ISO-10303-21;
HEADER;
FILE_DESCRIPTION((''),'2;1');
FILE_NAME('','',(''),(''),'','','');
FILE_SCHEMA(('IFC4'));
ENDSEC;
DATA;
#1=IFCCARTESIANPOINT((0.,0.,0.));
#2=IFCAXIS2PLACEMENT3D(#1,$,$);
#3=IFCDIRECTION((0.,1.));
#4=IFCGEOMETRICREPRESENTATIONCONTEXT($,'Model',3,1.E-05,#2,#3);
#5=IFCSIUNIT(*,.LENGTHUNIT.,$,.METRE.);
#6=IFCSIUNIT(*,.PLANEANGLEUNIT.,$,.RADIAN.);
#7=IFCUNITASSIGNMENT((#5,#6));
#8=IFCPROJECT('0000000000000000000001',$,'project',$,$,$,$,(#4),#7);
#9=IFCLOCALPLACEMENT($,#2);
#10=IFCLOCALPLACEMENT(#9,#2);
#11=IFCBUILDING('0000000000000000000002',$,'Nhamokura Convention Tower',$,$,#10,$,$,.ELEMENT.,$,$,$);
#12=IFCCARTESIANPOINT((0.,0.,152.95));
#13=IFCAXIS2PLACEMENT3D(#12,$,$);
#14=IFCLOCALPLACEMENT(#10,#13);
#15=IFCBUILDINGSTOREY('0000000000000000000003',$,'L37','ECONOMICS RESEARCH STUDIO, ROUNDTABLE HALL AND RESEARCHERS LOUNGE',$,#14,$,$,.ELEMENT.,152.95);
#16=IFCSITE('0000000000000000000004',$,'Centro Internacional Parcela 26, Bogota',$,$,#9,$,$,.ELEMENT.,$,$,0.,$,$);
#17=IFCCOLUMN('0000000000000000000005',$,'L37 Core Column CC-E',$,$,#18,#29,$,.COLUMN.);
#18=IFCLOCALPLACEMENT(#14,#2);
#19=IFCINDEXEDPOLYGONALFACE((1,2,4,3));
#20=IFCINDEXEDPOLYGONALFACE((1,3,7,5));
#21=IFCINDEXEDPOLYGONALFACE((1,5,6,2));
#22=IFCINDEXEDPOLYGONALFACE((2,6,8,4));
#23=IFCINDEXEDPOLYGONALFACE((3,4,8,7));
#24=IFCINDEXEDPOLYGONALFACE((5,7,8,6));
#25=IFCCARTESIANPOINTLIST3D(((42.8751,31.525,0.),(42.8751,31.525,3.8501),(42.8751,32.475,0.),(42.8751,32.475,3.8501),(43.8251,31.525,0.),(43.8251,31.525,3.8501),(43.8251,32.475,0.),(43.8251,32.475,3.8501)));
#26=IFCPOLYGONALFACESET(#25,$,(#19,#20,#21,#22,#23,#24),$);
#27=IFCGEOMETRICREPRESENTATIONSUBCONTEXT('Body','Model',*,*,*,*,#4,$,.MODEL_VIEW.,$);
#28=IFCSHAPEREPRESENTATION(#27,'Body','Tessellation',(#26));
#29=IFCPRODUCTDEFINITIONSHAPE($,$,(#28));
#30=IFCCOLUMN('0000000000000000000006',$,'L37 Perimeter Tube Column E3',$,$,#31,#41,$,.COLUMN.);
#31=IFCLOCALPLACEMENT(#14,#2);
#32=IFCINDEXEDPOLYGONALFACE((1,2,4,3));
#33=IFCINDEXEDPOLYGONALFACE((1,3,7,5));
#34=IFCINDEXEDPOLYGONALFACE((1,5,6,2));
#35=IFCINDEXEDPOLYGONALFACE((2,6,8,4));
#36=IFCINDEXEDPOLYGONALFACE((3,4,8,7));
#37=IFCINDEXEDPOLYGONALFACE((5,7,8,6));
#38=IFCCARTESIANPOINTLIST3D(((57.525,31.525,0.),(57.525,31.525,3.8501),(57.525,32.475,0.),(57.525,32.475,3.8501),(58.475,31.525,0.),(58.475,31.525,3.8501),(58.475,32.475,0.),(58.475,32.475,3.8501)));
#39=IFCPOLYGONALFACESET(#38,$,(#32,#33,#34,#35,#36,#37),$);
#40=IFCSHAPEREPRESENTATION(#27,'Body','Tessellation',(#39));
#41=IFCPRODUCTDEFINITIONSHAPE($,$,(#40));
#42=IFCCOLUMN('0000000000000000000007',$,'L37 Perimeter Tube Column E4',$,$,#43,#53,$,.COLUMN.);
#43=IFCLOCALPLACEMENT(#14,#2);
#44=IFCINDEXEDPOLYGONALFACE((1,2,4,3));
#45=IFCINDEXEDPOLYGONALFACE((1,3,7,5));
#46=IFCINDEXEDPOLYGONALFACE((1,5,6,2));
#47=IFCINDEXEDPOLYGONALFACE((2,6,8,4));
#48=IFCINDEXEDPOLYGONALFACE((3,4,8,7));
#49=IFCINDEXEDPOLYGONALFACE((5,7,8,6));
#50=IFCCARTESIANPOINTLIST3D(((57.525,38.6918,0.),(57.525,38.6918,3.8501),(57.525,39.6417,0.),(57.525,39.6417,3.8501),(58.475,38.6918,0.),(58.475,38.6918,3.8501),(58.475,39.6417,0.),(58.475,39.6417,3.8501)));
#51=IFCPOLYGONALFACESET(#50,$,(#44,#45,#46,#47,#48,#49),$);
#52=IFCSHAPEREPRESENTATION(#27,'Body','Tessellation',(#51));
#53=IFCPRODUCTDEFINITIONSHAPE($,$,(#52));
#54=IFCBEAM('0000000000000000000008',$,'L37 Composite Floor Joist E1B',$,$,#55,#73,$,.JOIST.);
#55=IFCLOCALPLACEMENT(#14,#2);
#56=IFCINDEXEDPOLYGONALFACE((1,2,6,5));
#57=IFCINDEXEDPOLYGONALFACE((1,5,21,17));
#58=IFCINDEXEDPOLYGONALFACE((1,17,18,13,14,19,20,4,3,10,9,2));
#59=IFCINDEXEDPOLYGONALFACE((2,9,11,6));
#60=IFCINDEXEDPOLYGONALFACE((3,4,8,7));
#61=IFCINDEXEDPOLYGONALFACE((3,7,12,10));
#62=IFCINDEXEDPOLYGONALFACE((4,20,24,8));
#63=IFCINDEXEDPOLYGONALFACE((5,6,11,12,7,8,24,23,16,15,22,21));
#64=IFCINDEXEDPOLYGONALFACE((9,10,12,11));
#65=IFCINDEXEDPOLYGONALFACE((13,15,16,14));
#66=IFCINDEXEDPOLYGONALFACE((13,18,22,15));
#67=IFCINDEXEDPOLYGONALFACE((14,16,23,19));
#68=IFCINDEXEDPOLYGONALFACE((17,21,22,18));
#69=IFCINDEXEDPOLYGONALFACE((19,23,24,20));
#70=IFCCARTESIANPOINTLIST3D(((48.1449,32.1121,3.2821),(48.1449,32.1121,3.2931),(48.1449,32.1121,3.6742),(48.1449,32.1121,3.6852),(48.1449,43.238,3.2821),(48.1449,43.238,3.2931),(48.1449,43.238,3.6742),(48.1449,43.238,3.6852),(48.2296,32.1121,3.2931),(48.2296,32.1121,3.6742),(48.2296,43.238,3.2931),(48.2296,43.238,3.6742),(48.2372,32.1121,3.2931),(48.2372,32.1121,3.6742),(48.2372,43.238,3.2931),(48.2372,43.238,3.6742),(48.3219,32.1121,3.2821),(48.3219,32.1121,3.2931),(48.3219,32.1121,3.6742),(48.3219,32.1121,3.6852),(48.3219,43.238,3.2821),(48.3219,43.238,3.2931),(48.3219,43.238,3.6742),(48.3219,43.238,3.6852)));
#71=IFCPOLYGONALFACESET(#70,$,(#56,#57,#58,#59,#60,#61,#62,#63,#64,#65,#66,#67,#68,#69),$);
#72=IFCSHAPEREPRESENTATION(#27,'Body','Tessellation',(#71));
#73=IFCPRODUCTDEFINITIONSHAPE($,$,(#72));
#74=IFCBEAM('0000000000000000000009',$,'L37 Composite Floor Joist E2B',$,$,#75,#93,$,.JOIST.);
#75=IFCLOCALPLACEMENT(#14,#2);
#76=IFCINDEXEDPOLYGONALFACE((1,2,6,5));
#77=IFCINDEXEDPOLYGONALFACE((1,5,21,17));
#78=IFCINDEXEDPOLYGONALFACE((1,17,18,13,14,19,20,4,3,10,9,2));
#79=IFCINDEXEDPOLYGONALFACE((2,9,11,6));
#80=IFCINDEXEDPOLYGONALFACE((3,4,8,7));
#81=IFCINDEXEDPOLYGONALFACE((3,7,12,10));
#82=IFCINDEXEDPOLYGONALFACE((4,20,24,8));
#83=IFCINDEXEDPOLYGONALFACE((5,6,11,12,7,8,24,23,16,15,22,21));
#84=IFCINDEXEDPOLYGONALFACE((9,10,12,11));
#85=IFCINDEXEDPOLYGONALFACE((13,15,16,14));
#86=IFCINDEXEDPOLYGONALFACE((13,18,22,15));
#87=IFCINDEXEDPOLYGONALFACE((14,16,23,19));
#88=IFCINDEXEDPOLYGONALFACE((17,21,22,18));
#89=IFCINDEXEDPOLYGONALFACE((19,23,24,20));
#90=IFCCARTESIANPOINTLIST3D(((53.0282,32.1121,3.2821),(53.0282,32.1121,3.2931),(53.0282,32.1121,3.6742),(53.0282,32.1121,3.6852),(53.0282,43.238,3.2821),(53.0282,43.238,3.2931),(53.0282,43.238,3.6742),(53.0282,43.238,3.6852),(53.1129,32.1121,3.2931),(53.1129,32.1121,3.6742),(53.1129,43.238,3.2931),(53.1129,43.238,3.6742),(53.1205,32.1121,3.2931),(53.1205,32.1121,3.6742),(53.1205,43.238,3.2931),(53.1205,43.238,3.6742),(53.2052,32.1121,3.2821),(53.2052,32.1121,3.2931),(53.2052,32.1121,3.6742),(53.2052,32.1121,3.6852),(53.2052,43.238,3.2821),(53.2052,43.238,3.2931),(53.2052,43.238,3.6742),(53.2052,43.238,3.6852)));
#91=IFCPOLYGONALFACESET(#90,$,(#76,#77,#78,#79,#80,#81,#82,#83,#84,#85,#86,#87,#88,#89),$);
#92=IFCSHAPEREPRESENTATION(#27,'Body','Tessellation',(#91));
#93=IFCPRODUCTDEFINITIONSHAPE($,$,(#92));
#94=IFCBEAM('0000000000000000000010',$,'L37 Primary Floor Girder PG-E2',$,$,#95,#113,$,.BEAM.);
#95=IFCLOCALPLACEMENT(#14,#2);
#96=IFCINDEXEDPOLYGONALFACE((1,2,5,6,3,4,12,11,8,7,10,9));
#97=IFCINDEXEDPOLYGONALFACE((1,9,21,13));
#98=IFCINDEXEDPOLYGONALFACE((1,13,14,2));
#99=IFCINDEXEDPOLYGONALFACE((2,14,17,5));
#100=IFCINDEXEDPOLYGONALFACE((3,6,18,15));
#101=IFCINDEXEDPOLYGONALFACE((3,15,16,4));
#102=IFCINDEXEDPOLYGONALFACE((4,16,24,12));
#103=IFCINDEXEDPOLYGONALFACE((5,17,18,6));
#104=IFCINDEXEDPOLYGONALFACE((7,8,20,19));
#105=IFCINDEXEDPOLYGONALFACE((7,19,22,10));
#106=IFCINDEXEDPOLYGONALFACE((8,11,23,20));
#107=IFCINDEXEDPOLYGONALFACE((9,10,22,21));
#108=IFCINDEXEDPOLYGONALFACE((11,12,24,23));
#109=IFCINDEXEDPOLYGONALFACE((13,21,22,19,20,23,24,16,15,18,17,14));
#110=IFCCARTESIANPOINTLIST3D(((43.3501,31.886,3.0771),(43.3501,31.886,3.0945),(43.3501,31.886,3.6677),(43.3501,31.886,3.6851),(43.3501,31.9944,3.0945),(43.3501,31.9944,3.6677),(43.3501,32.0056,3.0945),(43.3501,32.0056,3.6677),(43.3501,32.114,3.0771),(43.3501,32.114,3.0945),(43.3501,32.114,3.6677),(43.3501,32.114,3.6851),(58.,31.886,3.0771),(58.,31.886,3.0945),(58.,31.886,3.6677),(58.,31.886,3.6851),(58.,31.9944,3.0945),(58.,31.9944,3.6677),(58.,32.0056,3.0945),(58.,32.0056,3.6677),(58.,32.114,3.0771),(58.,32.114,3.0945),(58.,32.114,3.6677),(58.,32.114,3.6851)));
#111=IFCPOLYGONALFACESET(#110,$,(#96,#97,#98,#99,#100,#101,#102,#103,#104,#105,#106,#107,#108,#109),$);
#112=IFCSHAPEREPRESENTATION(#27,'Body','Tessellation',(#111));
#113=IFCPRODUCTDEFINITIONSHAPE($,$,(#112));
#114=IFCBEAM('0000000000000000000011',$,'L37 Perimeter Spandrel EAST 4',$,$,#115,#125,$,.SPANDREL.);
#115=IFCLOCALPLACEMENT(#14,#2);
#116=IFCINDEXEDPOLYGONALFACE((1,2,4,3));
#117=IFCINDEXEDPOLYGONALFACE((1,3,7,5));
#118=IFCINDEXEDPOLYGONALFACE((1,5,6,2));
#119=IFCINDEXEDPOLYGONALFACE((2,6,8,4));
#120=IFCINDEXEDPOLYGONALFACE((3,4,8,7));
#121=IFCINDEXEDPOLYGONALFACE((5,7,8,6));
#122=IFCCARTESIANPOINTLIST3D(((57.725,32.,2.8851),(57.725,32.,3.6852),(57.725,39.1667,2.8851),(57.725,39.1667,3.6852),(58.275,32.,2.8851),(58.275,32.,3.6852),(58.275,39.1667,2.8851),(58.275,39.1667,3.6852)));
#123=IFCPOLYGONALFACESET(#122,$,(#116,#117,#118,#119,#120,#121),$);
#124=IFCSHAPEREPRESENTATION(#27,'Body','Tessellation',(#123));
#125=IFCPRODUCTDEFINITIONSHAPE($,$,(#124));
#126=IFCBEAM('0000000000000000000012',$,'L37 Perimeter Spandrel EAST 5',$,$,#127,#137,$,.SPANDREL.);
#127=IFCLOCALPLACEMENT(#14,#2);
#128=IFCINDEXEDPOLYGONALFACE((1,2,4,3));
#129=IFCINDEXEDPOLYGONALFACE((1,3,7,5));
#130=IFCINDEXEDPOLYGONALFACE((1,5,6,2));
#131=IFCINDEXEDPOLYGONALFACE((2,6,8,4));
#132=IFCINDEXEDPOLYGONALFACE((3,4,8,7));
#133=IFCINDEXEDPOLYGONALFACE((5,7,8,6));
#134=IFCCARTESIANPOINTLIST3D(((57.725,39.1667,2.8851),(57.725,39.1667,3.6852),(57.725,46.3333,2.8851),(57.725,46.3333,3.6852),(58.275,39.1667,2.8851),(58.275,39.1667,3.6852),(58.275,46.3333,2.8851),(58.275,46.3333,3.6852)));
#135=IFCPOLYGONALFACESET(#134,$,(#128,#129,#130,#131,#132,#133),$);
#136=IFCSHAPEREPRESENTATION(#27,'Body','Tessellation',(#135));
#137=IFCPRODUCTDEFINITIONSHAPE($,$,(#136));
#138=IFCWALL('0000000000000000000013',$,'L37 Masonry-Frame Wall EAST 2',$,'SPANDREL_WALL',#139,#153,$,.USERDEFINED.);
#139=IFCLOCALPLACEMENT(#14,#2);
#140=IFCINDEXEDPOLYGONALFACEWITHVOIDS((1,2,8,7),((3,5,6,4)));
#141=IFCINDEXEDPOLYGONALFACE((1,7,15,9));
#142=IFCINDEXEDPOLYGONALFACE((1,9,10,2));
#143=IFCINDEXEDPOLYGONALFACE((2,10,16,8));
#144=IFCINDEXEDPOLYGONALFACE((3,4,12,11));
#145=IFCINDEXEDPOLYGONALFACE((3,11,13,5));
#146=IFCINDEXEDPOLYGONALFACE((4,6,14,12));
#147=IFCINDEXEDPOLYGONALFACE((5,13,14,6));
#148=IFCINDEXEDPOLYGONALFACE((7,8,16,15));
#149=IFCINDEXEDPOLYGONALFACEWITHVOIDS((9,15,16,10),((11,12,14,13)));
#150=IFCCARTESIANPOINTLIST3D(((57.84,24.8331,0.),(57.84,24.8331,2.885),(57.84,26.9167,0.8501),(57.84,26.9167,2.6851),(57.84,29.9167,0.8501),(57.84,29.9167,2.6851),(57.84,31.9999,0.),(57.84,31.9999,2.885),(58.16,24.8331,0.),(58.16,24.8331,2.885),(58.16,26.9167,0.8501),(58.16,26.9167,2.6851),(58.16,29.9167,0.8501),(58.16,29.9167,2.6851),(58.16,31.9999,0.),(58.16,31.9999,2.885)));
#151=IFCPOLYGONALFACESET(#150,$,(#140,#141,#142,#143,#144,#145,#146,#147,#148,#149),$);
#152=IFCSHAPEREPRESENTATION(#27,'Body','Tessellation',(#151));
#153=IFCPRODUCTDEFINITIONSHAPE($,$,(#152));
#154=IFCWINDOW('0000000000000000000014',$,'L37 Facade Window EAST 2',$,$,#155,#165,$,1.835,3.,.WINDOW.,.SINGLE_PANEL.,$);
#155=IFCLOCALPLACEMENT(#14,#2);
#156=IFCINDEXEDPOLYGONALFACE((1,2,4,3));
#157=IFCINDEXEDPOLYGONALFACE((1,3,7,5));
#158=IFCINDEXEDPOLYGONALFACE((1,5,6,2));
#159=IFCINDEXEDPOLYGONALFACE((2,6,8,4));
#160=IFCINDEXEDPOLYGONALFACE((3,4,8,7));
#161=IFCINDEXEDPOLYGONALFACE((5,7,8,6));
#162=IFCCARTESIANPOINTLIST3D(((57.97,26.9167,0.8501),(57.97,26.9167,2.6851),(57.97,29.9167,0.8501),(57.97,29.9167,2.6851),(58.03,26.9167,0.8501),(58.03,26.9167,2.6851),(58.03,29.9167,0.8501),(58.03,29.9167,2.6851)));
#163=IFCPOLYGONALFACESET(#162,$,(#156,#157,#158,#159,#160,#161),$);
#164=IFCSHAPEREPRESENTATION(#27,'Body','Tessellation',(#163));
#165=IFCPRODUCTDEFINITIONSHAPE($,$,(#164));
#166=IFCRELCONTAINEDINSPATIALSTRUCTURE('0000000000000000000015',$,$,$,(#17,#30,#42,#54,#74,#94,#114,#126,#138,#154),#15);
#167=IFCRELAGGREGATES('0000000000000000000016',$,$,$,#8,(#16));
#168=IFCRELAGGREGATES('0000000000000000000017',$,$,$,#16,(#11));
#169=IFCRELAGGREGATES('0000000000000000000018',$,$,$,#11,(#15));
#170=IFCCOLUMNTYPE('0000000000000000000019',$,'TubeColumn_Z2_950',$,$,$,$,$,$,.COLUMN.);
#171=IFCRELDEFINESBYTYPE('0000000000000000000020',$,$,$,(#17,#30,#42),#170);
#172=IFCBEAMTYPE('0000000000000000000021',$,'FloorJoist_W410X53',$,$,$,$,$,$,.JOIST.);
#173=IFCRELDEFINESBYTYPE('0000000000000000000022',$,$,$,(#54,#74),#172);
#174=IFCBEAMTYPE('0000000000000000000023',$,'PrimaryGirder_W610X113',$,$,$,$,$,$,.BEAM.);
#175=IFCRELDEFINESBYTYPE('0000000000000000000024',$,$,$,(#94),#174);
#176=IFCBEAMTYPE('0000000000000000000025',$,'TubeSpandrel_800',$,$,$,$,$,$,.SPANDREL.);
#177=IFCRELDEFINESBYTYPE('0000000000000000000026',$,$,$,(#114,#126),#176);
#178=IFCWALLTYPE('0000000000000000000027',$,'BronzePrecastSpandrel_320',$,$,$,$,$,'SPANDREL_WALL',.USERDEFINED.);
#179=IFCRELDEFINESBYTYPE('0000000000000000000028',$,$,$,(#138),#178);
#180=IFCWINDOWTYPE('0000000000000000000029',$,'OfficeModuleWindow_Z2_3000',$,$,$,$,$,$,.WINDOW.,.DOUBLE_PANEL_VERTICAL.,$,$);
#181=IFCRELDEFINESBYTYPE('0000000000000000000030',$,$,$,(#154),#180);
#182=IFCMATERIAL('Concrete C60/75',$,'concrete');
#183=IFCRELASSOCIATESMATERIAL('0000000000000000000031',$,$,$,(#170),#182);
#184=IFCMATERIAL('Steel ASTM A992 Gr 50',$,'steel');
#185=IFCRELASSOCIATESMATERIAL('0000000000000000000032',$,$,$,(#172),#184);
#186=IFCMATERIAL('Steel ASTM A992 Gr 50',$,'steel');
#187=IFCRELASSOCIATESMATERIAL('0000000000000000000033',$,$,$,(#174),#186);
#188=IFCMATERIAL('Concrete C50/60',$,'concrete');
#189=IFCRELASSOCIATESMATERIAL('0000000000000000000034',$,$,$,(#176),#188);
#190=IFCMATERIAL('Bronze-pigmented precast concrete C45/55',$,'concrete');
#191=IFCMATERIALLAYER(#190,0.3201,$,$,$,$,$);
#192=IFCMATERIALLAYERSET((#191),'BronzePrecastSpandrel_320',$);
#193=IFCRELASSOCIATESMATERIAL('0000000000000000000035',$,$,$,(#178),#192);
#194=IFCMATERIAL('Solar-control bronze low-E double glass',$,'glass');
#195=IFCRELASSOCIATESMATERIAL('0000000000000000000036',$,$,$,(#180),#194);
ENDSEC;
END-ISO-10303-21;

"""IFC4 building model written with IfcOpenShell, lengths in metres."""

from ifc_helpers import new_model, si_unit, direction, frame, frame_2d, origin, origin_2d, place, context, subcontext, project, spatial, rectangle, i_section, extrude, material, layer, layer_set, material_profile, profile_set, type_object, element, fill, save


model = new_model("IFC4")

# Units and contexts
model_context = context("Model", 3, precision=1e-05, world=origin(), true_north=direction((0.0, 1.0)))
body_context = subcontext(model_context, "Body", "Model", "MODEL_VIEW")
ifc_project = project(units=[si_unit("LENGTHUNIT", "METRE"), si_unit("PLANEANGLEUNIT", "RADIAN")], contexts=[model_context])

# Site, building, storey
site_placement = place(None, origin())
site = spatial("IfcSite", under=ifc_project, at=site_placement, Name="Centro Internacional Parcela 26, Bogota", CompositionType="ELEMENT", RefElevation=0.0)
building_placement = place(site_placement, origin())
building = spatial("IfcBuilding", under=site, at=building_placement, Name="Nhamokura Convention Tower", CompositionType="ELEMENT")
storey_placement = place(building_placement, frame((0.0, 0.0, 152.95)))
storey = spatial("IfcBuildingStorey", under=building, at=storey_placement, Name="L37", Description="ECONOMICS RESEARCH STUDIO, ROUNDTABLE HALL AND RESEARCHERS LOUNGE", CompositionType="ELEMENT", Elevation=152.95)

# Columns
ifc_material_1 = material(Name="Concrete C60/75", Category="concrete")
ifc_material_profile_1 = material_profile(ifc_material_1, rectangle(XDim=0.95, YDim=0.95, at=origin_2d()))
ifc_profile_set_1 = profile_set([ifc_material_profile_1], Name="Concrete C60/75")
column_type = type_object("IfcColumnType", Name="TubeColumn_Z2_950", PredefinedType="COLUMN", material=ifc_profile_set_1)
for number, where, z_axis, x_axis, name in (
    (1, (43.3501, 32.0, 0.0), (0.0, 0.0, 1.0), (1.0, 0.0, 0.0), "L37 Core Column CC-E"),
    (2, (58.0, 32.0, 0.0), (0.0, 0.0, 1.0), (1.0, 0.0, 0.0), "L37 Perimeter Tube Column E3"),
    (3, (58.0, 39.1667, 0.0), (0.0, 0.0, 1.0), (1.0, 0.0, 0.0), "L37 Perimeter Tube Column E4"),
):
    element("IfcColumn", number, at=place(storey_placement, frame(where, z_axis=z_axis, x_axis=x_axis)), inside=storey, type_object=column_type, Name=name, PredefinedType="COLUMN", context=body_context, shape_type="SweptSolid", body=[
        extrude(rectangle(XDim=0.95, YDim=0.95, at=origin_2d()), origin(), (0.0, 0.0, 1.0), 3.8501),
    ])

# Beams
ifc_material_2 = material(Name="Steel ASTM A992 Gr 50", Category="steel")
ifc_material_profile_2 = material_profile(ifc_material_2, i_section(OverallWidth=0.177, OverallDepth=0.4031, WebThickness=0.0076, FlangeThickness=0.011, at=origin_2d()))
ifc_profile_set_2 = profile_set([ifc_material_profile_2], Name="Steel ASTM A992 Gr 50")
beam_type_1 = type_object("IfcBeamType", Name="FloorJoist_W410X53", PredefinedType="JOIST", material=ifc_profile_set_2)
for number, where, z_axis, x_axis, name in (
    (4, (48.2334, 32.1121, 3.4836), (0.0, 1.0, 0.0), (-1.0, 0.0, 0.0), "L37 Composite Floor Joist E1B"),
    (5, (53.1167, 32.1121, 3.4836), (0.0, 1.0, 0.0), (-1.0, 0.0, 0.0), "L37 Composite Floor Joist E2B"),
):
    element("IfcBeam", number, at=place(storey_placement, frame(where, z_axis=z_axis, x_axis=x_axis)), inside=storey, type_object=beam_type_1, Name=name, PredefinedType="JOIST", context=body_context, shape_type="SweptSolid", body=[
        extrude(i_section(OverallWidth=0.177, OverallDepth=0.4031, WebThickness=0.0076, FlangeThickness=0.011, at=origin_2d()), origin(), (0.0, 0.0, 1.0), 11.126),
    ])
ifc_material_3 = material(Name="Steel ASTM A992 Gr 50", Category="steel")
ifc_material_profile_3 = material_profile(ifc_material_3, i_section(OverallWidth=0.228, OverallDepth=0.6079, WebThickness=0.0112, FlangeThickness=0.0173, at=origin_2d()))
ifc_profile_set_3 = profile_set([ifc_material_profile_3], Name="Steel ASTM A992 Gr 50")
beam_type_2 = type_object("IfcBeamType", Name="PrimaryGirder_W610X113", PredefinedType="BEAM", material=ifc_profile_set_3)
beam_1_placement = place(storey_placement, frame((43.3501, 32.0, 3.3811), z_axis=(1.0, 0.0, 0.0), x_axis=(0.0, 1.0, 0.0)))
element("IfcBeam", 6, at=beam_1_placement, inside=storey, type_object=beam_type_2, Name="L37 Primary Floor Girder PG-E2", PredefinedType="BEAM", context=body_context, shape_type="SweptSolid", body=[
    extrude(i_section(OverallWidth=0.228, OverallDepth=0.6079, WebThickness=0.0112, FlangeThickness=0.0173, at=origin_2d()), origin(), (0.0, 0.0, 1.0), 14.6499),
])
ifc_material_4 = material(Name="Concrete C50/60", Category="concrete")
ifc_material_profile_4 = material_profile(ifc_material_4, rectangle(XDim=0.55, YDim=0.8, at=origin_2d()))
ifc_profile_set_4 = profile_set([ifc_material_profile_4], Name="Concrete C50/60")
beam_type_3 = type_object("IfcBeamType", Name="TubeSpandrel_800", PredefinedType="SPANDREL", material=ifc_profile_set_4)
beam_2_placement = place(storey_placement, frame((58.0, 32.0, 3.2852), z_axis=(0.0, 1.0, 0.0), x_axis=(-1.0, 0.0, 0.0)))
element("IfcBeam", 7, at=beam_2_placement, inside=storey, type_object=beam_type_3, Name="L37 Perimeter Spandrel EAST 4", PredefinedType="SPANDREL", context=body_context, shape_type="SweptSolid", body=[
    extrude(rectangle(XDim=0.55, YDim=0.8, at=origin_2d()), origin(), (0.0, 0.0, 1.0), 7.1667),
])
beam_3_placement = place(storey_placement, frame((58.0, 39.1667, 3.2852), z_axis=(0.0, 1.0, 0.0), x_axis=(-1.0, 0.0, 0.0)))
element("IfcBeam", 8, at=beam_3_placement, inside=storey, type_object=beam_type_3, Name="L37 Perimeter Spandrel EAST 5", PredefinedType="SPANDREL", context=body_context, shape_type="SweptSolid", body=[
    extrude(rectangle(XDim=0.55, YDim=0.8, at=origin_2d()), origin(), (0.0, 0.0, 1.0), 7.1665),
])

# Wall, opening, window
ifc_material_5 = material(Name="Bronze-pigmented precast concrete C45/55", Category="concrete")
ifc_layer_1 = layer(ifc_material_5, 0.3201)
ifc_layer_set_1 = layer_set([ifc_layer_1], Name="BronzePrecastSpandrel_320")
wall_type_1 = type_object("IfcWallType", Name="BronzePrecastSpandrel_320", ElementType="SPANDREL_WALL", PredefinedType="USERDEFINED", material=ifc_layer_set_1)
wall_1_placement = place(storey_placement, frame((58.0, 32.0, 0.0), z_axis=(0.0, 0.0, 1.0), x_axis=(0.0, -1.0, 0.0)))
wall_1 = element("IfcWall", 9, at=wall_1_placement, inside=storey, type_object=wall_type_1, Name="L37 Masonry-Frame Wall EAST 2", ObjectType="SPANDREL_WALL", PredefinedType="USERDEFINED", context=body_context, shape_type="SweptSolid", body=[
    extrude(rectangle(XDim=7.1667, YDim=0.3201, at=frame_2d((3.5835, 0.0))), origin(), (0.0, 0.0, 1.0), 2.885),
])
opening_1_placement = place(wall_1_placement, frame((2.0833, 0.0, 0.8501)))
opening_1 = element("IfcOpeningElement", 10, at=opening_1_placement, cuts=wall_1, PredefinedType="OPENING", context=body_context, shape_type="SweptSolid", body=[
    extrude(rectangle(XDim=3.0, YDim=1.835, at=frame_2d((1.5, 0.9175))), frame((0.0, 0.1699, 0.0), z_axis=(0.0, -1.0, 0.0), x_axis=(1.0, 0.0, 0.0)), (0.0, 0.0, 1.0), 0.3401),
])
ifc_material_6 = material(Name="Solar-control bronze low-E double glass", Category="glass")
window_type = type_object("IfcWindowType", Name="OfficeModuleWindow_Z2_3000", PartitioningType="DOUBLE_PANEL_VERTICAL", PredefinedType="WINDOW", material=ifc_material_6)
window_1_placement = place(opening_1_placement, origin())
window_1 = element("IfcWindow", 11, at=window_1_placement, inside=storey, type_object=window_type, Name="L37 Facade Window EAST 2", OverallHeight=1.835, OverallWidth=3.0, PartitioningType="SINGLE_PANEL", PredefinedType="WINDOW", context=body_context, shape_type="SweptSolid", body=[
    extrude(rectangle(XDim=3.0, YDim=1.835, at=frame_2d((1.5, 0.9175))), frame((0.0, 0.03, 0.0), z_axis=(0.0, -1.0, 0.0), x_axis=(1.0, 0.0, 0.0)), (0.0, 0.0, 1.0), 0.0601),
])
fill(opening_1, window_1)

save(model, "model.ifc")
